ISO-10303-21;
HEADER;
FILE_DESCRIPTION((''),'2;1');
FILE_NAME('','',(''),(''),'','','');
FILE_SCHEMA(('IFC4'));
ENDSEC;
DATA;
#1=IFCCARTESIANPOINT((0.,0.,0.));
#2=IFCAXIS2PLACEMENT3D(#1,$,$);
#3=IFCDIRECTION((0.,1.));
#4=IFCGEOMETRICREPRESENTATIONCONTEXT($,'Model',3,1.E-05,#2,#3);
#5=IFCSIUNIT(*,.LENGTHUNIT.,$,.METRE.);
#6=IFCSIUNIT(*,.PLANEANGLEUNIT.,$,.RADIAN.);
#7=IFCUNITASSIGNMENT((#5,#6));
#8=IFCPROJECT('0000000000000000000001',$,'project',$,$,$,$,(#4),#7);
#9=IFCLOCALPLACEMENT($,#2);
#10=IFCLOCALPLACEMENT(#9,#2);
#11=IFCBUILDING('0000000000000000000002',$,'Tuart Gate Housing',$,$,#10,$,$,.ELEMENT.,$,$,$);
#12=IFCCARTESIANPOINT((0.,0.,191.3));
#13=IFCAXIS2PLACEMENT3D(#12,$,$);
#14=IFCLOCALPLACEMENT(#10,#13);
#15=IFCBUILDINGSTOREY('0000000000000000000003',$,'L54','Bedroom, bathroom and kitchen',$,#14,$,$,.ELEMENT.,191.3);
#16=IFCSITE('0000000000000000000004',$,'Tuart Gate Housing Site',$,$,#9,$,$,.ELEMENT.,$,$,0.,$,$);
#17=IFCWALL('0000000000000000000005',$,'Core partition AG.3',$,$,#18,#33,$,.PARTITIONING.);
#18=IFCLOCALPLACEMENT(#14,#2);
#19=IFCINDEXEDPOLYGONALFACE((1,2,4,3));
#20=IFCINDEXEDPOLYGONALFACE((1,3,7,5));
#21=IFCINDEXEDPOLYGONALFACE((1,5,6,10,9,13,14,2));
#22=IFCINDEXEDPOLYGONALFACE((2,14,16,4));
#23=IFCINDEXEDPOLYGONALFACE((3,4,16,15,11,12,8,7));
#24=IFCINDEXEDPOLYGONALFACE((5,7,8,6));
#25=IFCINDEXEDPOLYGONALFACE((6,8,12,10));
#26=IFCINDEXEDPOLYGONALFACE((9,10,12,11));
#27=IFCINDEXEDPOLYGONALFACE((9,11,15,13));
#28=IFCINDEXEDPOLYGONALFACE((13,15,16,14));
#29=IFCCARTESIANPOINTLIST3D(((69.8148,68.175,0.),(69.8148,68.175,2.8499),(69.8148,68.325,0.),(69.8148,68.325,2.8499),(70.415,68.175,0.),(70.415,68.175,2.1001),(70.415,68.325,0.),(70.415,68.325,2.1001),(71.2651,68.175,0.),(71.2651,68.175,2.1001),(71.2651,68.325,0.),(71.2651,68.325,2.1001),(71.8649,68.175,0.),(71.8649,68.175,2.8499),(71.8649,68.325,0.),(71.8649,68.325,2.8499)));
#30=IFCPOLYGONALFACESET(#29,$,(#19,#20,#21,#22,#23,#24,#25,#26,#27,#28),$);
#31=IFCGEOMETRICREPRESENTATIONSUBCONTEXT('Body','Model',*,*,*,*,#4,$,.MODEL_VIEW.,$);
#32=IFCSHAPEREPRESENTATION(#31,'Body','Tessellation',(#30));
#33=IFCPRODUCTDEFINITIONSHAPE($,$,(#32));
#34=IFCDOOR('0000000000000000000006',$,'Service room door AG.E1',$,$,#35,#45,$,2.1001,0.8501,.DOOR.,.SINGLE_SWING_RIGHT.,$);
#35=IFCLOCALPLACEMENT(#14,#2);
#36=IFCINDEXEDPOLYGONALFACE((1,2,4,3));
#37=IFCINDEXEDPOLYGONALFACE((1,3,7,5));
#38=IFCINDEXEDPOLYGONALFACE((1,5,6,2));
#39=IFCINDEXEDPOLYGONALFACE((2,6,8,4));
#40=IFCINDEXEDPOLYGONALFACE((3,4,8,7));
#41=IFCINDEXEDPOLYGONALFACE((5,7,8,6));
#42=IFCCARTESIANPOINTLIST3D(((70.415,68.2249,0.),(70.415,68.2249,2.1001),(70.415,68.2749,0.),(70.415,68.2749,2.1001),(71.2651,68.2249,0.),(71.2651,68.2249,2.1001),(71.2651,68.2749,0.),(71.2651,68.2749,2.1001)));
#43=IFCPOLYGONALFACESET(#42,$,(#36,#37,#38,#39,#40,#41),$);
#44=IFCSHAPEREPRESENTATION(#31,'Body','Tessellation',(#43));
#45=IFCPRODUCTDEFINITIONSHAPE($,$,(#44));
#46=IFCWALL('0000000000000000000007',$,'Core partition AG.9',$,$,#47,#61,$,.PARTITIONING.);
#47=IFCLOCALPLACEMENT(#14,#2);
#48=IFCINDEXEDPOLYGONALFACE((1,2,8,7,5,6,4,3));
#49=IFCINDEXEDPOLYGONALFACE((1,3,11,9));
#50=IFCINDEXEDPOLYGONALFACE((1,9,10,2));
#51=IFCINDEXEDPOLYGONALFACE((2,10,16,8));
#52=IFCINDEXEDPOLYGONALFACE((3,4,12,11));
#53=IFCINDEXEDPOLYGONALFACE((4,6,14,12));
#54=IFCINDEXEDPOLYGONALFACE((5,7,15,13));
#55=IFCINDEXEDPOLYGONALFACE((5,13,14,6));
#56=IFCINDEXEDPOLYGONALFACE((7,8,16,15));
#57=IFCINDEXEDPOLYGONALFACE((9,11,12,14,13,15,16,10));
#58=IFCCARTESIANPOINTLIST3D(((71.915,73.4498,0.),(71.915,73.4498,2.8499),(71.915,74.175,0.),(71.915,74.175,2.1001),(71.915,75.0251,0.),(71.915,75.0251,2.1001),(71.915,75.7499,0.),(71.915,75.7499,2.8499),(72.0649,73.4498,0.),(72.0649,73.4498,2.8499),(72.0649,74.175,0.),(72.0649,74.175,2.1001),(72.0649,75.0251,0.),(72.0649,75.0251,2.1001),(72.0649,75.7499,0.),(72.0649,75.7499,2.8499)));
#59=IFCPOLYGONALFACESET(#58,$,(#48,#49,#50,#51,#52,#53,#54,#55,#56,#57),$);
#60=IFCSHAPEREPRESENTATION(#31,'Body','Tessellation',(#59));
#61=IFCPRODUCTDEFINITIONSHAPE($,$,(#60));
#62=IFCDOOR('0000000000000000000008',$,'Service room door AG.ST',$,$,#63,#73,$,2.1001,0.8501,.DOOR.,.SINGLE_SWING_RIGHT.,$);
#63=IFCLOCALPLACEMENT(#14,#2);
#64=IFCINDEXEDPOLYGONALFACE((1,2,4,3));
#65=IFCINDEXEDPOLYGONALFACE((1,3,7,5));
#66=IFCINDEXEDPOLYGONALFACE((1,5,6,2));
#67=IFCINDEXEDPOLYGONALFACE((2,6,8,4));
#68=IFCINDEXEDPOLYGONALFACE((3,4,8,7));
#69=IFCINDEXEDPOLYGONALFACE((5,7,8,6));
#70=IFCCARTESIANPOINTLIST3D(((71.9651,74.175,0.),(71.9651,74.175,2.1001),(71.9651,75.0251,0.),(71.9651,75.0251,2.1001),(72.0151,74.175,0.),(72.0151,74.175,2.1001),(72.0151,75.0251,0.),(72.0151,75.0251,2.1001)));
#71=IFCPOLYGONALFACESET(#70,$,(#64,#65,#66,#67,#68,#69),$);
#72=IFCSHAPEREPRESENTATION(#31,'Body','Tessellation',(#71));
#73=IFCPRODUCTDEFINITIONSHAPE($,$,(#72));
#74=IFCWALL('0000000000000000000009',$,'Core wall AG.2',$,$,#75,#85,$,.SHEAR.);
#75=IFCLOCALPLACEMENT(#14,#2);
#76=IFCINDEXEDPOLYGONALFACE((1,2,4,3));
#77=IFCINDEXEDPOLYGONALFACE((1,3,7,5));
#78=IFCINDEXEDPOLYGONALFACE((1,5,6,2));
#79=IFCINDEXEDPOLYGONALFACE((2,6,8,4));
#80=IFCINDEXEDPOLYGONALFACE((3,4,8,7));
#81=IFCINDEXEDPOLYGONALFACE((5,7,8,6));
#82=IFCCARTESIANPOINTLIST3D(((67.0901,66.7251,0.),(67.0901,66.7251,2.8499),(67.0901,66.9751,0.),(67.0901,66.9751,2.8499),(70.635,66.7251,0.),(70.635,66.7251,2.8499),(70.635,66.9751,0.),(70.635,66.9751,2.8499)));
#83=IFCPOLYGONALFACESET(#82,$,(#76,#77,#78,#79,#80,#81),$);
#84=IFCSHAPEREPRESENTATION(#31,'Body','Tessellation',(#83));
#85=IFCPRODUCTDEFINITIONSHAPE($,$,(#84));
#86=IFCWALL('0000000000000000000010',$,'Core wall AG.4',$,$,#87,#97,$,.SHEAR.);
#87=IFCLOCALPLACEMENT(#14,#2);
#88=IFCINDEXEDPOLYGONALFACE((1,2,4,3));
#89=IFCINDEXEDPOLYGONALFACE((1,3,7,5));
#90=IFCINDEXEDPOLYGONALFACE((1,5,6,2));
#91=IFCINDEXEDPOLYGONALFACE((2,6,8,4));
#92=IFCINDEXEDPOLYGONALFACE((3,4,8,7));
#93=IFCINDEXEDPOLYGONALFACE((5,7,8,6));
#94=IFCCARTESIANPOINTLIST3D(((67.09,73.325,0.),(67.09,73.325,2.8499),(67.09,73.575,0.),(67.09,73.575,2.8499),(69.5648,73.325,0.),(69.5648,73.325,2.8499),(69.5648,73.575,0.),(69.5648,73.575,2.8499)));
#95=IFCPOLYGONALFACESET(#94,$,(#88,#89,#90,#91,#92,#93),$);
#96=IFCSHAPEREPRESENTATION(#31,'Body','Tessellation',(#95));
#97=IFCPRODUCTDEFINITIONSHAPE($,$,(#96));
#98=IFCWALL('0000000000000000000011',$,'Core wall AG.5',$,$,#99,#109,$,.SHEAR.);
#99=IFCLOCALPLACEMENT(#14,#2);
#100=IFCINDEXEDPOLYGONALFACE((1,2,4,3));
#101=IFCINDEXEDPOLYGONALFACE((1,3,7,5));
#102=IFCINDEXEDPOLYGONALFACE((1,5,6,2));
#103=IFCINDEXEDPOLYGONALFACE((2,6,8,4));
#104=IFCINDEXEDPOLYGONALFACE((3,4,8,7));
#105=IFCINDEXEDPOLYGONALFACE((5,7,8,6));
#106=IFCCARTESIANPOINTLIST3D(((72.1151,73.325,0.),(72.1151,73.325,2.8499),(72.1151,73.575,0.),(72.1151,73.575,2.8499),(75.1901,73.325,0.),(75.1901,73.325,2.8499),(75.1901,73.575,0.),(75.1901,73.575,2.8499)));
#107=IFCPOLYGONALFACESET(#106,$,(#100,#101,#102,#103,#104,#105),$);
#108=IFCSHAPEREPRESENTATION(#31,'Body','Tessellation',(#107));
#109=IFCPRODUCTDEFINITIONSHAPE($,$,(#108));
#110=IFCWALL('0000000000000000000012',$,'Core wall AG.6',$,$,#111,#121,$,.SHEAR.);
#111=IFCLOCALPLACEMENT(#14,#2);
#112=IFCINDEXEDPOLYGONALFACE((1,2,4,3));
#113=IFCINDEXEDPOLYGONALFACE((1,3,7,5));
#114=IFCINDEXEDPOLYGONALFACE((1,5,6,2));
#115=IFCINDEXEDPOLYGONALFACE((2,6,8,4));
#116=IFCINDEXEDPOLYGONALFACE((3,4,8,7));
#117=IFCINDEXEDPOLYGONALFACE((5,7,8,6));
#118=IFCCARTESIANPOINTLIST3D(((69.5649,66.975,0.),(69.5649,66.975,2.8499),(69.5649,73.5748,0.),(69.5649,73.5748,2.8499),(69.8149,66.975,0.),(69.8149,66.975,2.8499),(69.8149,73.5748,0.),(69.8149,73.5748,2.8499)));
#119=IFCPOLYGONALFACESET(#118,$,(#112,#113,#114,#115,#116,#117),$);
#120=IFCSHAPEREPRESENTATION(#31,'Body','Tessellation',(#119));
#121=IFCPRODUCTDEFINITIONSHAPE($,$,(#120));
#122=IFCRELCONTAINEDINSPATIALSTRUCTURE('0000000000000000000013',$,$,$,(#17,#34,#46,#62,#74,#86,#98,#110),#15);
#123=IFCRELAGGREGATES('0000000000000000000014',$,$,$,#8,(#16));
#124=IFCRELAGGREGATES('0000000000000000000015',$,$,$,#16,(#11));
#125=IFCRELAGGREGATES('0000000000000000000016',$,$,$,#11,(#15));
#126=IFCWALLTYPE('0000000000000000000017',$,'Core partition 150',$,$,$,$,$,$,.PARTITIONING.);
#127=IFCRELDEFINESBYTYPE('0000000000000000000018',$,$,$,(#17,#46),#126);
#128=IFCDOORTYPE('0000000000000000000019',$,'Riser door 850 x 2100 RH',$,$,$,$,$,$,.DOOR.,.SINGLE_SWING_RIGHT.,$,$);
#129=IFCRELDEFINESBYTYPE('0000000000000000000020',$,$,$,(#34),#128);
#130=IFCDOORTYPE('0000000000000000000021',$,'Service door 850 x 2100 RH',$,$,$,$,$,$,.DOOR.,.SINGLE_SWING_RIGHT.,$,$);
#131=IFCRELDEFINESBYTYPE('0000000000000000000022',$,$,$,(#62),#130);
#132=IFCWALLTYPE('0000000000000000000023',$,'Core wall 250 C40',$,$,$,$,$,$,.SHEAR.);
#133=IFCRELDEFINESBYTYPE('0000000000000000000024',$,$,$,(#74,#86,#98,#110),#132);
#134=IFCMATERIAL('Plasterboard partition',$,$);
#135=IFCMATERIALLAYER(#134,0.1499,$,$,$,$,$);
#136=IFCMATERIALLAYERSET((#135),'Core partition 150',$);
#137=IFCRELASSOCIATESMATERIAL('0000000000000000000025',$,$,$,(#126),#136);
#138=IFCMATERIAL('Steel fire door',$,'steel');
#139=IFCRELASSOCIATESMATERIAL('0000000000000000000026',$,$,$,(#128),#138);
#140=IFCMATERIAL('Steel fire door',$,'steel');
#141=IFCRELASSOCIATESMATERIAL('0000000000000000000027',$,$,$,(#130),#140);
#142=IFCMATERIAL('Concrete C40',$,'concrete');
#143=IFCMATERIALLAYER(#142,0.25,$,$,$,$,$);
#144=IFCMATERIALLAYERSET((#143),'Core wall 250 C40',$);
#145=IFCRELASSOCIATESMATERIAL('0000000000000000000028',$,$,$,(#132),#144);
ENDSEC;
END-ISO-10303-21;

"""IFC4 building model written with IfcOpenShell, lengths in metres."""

from ifc_helpers import new_model, si_unit, direction, frame, frame_2d, origin, place, context, subcontext, project, spatial, rectangle, extrude, material, layer, layer_set, type_object, element, fill, save


model = new_model("IFC4")

# Units and contexts
model_context = context("Model", 3, precision=1e-05, world=origin(), true_north=direction((0.0, 1.0)))
body_context = subcontext(model_context, "Body", "Model", "MODEL_VIEW")
ifc_project = project(units=[si_unit("LENGTHUNIT", "METRE"), si_unit("PLANEANGLEUNIT", "RADIAN")], contexts=[model_context])

# Site, building, storey
site_placement = place(None, origin())
site = spatial("IfcSite", under=ifc_project, at=site_placement, Name="Tuart Gate Housing Site", CompositionType="ELEMENT", RefElevation=0.0)
building_placement = place(site_placement, origin())
building = spatial("IfcBuilding", under=site, at=building_placement, Name="Tuart Gate Housing", CompositionType="ELEMENT")
storey_placement = place(building_placement, frame((0.0, 0.0, 191.3)))
storey = spatial("IfcBuildingStorey", under=building, at=storey_placement, Name="L54", Description="Bedroom, bathroom and kitchen", CompositionType="ELEMENT", Elevation=191.3)

# Walls, openings, doors
ifc_material_1 = material(Name="Plasterboard partition")
ifc_layer_1 = layer(ifc_material_1, 0.1499)
ifc_layer_set_1 = layer_set([ifc_layer_1], Name="Core partition 150")
wall_type_1 = type_object("IfcWallType", Name="Core partition 150", PredefinedType="PARTITIONING", material=ifc_layer_set_1)
wall_1_placement = place(storey_placement, frame((69.8149, 68.25, 0.0), z_axis=(0.0, 0.0, 1.0), x_axis=(1.0, 0.0, 0.0)))
wall_1 = element("IfcWall", 1, at=wall_1_placement, inside=storey, type_object=wall_type_1, Name="Core partition AG.3", PredefinedType="PARTITIONING", context=body_context, shape_type="SweptSolid", body=[
    extrude(rectangle(XDim=2.05, YDim=0.1499, at=frame_2d((1.0249, 0.0))), origin(), (0.0, 0.0, 1.0), 2.8499),
])
opening_1_placement = place(wall_1_placement, frame((0.6001, 0.0, 0.0)))
opening_1 = element("IfcOpeningElement", 2, at=opening_1_placement, cuts=wall_1, PredefinedType="OPENING", context=body_context, shape_type="SweptSolid", body=[
    extrude(rectangle(XDim=0.8501, YDim=2.1001, at=frame_2d((0.425, 1.05))), frame((0.0, 0.085, 0.0), z_axis=(0.0, -1.0, 0.0), x_axis=(1.0, 0.0, 0.0)), (0.0, 0.0, 1.0), 0.1699),
])
ifc_material_2 = material(Name="Steel fire door", Category="steel")
door_type_1 = type_object("IfcDoorType", Name="Riser door 850 x 2100 RH", OperationType="SINGLE_SWING_RIGHT", PredefinedType="DOOR", material=ifc_material_2)
door_1_placement = place(opening_1_placement, frame((0.8501, 0.0, 0.0), z_axis=(0.0, 0.0, 1.0), x_axis=(-1.0, 0.0, 0.0)))
door_1 = element("IfcDoor", 3, at=door_1_placement, inside=storey, type_object=door_type_1, Name="Service room door AG.E1", OperationType="SINGLE_SWING_RIGHT", OverallHeight=2.1001, OverallWidth=0.8501, PredefinedType="DOOR", context=body_context, shape_type="SweptSolid", body=[
    extrude(rectangle(XDim=0.8501, YDim=2.1001, at=frame_2d((0.425, 1.05))), frame((0.0, 0.0251, 0.0), z_axis=(0.0, -1.0, 0.0), x_axis=(1.0, 0.0, 0.0)), (0.0, 0.0, 1.0), 0.05),
])
fill(opening_1, door_1)
wall_2_placement = place(storey_placement, frame((71.99, 73.45, 0.0), z_axis=(0.0, 0.0, 1.0), x_axis=(0.0, 1.0, 0.0)))
wall_2 = element("IfcWall", 4, at=wall_2_placement, inside=storey, type_object=wall_type_1, Name="Core partition AG.9", PredefinedType="PARTITIONING", context=body_context, shape_type="SweptSolid", body=[
    extrude(rectangle(XDim=2.3, YDim=0.1499, at=frame_2d((1.1499, 0.0))), origin(), (0.0, 0.0, 1.0), 2.8499),
])
opening_2_placement = place(wall_2_placement, frame((0.7251, 0.0, 0.0)))
opening_2 = element("IfcOpeningElement", 5, at=opening_2_placement, cuts=wall_2, PredefinedType="OPENING", context=body_context, shape_type="SweptSolid", body=[
    extrude(rectangle(XDim=0.8501, YDim=2.1001, at=frame_2d((0.425, 1.05))), frame((0.0, 0.085, 0.0), z_axis=(0.0, -1.0, 0.0), x_axis=(1.0, 0.0, 0.0)), (0.0, 0.0, 1.0), 0.1699),
])
ifc_material_3 = material(Name="Steel fire door", Category="steel")
door_type_2 = type_object("IfcDoorType", Name="Service door 850 x 2100 RH", OperationType="SINGLE_SWING_RIGHT", PredefinedType="DOOR", material=ifc_material_3)
door_2_placement = place(opening_2_placement, frame((0.8501, 0.0, 0.0), z_axis=(0.0, 0.0, 1.0), x_axis=(-1.0, 0.0, 0.0)))
door_2 = element("IfcDoor", 6, at=door_2_placement, inside=storey, type_object=door_type_2, Name="Service room door AG.ST", OperationType="SINGLE_SWING_RIGHT", OverallHeight=2.1001, OverallWidth=0.8501, PredefinedType="DOOR", context=body_context, shape_type="SweptSolid", body=[
    extrude(rectangle(XDim=0.8501, YDim=2.1001, at=frame_2d((0.425, 1.05))), frame((0.0, 0.0251, 0.0), z_axis=(0.0, -1.0, 0.0), x_axis=(1.0, 0.0, 0.0)), (0.0, 0.0, 1.0), 0.05),
])
fill(opening_2, door_2)

# Walls
ifc_material_4 = material(Name="Concrete C40", Category="concrete")
ifc_layer_2 = layer(ifc_material_4, 0.25)
ifc_layer_set_2 = layer_set([ifc_layer_2], Name="Core wall 250 C40")
wall_type_2 = type_object("IfcWallType", Name="Core wall 250 C40", PredefinedType="SHEAR", material=ifc_layer_set_2)
wall_3_placement = place(storey_placement, frame((67.0901, 66.8501, 0.0), z_axis=(0.0, 0.0, 1.0), x_axis=(1.0, 0.0, 0.0)))
element("IfcWall", 7, at=wall_3_placement, inside=storey, type_object=wall_type_2, Name="Core wall AG.2", PredefinedType="SHEAR", context=body_context, shape_type="SweptSolid", body=[
    extrude(rectangle(XDim=3.5449, YDim=0.25, at=frame_2d((1.7725, 0.0))), origin(), (0.0, 0.0, 1.0), 2.8499),
])
wall_4_placement = place(storey_placement, frame((67.0901, 73.45, 0.0), z_axis=(0.0, 0.0, 1.0), x_axis=(1.0, 0.0, 0.0)))
element("IfcWall", 8, at=wall_4_placement, inside=storey, type_object=wall_type_2, Name="Core wall AG.4", PredefinedType="SHEAR", context=body_context, shape_type="SweptSolid", body=[
    extrude(rectangle(XDim=2.4749, YDim=0.25, at=frame_2d((1.2373, 0.0))), origin(), (0.0, 0.0, 1.0), 2.8499),
])
wall_5_placement = place(storey_placement, frame((72.115, 73.45, 0.0), z_axis=(0.0, 0.0, 1.0), x_axis=(1.0, 0.0, 0.0)))
element("IfcWall", 9, at=wall_5_placement, inside=storey, type_object=wall_type_2, Name="Core wall AG.5", PredefinedType="SHEAR", context=body_context, shape_type="SweptSolid", body=[
    extrude(rectangle(XDim=3.075, YDim=0.25, at=frame_2d((1.5376, 0.0))), origin(), (0.0, 0.0, 1.0), 2.8499),
])
wall_6_placement = place(storey_placement, frame((69.6899, 66.9751, 0.0), z_axis=(0.0, 0.0, 1.0), x_axis=(0.0, 1.0, 0.0)))
element("IfcWall", 10, at=wall_6_placement, inside=storey, type_object=wall_type_2, Name="Core wall AG.6", PredefinedType="SHEAR", context=body_context, shape_type="SweptSolid", body=[
    extrude(rectangle(XDim=6.5999, YDim=0.25, at=frame_2d((3.2998, 0.0))), origin(), (0.0, 0.0, 1.0), 2.8499),
])

save(model, "model.ifc")
